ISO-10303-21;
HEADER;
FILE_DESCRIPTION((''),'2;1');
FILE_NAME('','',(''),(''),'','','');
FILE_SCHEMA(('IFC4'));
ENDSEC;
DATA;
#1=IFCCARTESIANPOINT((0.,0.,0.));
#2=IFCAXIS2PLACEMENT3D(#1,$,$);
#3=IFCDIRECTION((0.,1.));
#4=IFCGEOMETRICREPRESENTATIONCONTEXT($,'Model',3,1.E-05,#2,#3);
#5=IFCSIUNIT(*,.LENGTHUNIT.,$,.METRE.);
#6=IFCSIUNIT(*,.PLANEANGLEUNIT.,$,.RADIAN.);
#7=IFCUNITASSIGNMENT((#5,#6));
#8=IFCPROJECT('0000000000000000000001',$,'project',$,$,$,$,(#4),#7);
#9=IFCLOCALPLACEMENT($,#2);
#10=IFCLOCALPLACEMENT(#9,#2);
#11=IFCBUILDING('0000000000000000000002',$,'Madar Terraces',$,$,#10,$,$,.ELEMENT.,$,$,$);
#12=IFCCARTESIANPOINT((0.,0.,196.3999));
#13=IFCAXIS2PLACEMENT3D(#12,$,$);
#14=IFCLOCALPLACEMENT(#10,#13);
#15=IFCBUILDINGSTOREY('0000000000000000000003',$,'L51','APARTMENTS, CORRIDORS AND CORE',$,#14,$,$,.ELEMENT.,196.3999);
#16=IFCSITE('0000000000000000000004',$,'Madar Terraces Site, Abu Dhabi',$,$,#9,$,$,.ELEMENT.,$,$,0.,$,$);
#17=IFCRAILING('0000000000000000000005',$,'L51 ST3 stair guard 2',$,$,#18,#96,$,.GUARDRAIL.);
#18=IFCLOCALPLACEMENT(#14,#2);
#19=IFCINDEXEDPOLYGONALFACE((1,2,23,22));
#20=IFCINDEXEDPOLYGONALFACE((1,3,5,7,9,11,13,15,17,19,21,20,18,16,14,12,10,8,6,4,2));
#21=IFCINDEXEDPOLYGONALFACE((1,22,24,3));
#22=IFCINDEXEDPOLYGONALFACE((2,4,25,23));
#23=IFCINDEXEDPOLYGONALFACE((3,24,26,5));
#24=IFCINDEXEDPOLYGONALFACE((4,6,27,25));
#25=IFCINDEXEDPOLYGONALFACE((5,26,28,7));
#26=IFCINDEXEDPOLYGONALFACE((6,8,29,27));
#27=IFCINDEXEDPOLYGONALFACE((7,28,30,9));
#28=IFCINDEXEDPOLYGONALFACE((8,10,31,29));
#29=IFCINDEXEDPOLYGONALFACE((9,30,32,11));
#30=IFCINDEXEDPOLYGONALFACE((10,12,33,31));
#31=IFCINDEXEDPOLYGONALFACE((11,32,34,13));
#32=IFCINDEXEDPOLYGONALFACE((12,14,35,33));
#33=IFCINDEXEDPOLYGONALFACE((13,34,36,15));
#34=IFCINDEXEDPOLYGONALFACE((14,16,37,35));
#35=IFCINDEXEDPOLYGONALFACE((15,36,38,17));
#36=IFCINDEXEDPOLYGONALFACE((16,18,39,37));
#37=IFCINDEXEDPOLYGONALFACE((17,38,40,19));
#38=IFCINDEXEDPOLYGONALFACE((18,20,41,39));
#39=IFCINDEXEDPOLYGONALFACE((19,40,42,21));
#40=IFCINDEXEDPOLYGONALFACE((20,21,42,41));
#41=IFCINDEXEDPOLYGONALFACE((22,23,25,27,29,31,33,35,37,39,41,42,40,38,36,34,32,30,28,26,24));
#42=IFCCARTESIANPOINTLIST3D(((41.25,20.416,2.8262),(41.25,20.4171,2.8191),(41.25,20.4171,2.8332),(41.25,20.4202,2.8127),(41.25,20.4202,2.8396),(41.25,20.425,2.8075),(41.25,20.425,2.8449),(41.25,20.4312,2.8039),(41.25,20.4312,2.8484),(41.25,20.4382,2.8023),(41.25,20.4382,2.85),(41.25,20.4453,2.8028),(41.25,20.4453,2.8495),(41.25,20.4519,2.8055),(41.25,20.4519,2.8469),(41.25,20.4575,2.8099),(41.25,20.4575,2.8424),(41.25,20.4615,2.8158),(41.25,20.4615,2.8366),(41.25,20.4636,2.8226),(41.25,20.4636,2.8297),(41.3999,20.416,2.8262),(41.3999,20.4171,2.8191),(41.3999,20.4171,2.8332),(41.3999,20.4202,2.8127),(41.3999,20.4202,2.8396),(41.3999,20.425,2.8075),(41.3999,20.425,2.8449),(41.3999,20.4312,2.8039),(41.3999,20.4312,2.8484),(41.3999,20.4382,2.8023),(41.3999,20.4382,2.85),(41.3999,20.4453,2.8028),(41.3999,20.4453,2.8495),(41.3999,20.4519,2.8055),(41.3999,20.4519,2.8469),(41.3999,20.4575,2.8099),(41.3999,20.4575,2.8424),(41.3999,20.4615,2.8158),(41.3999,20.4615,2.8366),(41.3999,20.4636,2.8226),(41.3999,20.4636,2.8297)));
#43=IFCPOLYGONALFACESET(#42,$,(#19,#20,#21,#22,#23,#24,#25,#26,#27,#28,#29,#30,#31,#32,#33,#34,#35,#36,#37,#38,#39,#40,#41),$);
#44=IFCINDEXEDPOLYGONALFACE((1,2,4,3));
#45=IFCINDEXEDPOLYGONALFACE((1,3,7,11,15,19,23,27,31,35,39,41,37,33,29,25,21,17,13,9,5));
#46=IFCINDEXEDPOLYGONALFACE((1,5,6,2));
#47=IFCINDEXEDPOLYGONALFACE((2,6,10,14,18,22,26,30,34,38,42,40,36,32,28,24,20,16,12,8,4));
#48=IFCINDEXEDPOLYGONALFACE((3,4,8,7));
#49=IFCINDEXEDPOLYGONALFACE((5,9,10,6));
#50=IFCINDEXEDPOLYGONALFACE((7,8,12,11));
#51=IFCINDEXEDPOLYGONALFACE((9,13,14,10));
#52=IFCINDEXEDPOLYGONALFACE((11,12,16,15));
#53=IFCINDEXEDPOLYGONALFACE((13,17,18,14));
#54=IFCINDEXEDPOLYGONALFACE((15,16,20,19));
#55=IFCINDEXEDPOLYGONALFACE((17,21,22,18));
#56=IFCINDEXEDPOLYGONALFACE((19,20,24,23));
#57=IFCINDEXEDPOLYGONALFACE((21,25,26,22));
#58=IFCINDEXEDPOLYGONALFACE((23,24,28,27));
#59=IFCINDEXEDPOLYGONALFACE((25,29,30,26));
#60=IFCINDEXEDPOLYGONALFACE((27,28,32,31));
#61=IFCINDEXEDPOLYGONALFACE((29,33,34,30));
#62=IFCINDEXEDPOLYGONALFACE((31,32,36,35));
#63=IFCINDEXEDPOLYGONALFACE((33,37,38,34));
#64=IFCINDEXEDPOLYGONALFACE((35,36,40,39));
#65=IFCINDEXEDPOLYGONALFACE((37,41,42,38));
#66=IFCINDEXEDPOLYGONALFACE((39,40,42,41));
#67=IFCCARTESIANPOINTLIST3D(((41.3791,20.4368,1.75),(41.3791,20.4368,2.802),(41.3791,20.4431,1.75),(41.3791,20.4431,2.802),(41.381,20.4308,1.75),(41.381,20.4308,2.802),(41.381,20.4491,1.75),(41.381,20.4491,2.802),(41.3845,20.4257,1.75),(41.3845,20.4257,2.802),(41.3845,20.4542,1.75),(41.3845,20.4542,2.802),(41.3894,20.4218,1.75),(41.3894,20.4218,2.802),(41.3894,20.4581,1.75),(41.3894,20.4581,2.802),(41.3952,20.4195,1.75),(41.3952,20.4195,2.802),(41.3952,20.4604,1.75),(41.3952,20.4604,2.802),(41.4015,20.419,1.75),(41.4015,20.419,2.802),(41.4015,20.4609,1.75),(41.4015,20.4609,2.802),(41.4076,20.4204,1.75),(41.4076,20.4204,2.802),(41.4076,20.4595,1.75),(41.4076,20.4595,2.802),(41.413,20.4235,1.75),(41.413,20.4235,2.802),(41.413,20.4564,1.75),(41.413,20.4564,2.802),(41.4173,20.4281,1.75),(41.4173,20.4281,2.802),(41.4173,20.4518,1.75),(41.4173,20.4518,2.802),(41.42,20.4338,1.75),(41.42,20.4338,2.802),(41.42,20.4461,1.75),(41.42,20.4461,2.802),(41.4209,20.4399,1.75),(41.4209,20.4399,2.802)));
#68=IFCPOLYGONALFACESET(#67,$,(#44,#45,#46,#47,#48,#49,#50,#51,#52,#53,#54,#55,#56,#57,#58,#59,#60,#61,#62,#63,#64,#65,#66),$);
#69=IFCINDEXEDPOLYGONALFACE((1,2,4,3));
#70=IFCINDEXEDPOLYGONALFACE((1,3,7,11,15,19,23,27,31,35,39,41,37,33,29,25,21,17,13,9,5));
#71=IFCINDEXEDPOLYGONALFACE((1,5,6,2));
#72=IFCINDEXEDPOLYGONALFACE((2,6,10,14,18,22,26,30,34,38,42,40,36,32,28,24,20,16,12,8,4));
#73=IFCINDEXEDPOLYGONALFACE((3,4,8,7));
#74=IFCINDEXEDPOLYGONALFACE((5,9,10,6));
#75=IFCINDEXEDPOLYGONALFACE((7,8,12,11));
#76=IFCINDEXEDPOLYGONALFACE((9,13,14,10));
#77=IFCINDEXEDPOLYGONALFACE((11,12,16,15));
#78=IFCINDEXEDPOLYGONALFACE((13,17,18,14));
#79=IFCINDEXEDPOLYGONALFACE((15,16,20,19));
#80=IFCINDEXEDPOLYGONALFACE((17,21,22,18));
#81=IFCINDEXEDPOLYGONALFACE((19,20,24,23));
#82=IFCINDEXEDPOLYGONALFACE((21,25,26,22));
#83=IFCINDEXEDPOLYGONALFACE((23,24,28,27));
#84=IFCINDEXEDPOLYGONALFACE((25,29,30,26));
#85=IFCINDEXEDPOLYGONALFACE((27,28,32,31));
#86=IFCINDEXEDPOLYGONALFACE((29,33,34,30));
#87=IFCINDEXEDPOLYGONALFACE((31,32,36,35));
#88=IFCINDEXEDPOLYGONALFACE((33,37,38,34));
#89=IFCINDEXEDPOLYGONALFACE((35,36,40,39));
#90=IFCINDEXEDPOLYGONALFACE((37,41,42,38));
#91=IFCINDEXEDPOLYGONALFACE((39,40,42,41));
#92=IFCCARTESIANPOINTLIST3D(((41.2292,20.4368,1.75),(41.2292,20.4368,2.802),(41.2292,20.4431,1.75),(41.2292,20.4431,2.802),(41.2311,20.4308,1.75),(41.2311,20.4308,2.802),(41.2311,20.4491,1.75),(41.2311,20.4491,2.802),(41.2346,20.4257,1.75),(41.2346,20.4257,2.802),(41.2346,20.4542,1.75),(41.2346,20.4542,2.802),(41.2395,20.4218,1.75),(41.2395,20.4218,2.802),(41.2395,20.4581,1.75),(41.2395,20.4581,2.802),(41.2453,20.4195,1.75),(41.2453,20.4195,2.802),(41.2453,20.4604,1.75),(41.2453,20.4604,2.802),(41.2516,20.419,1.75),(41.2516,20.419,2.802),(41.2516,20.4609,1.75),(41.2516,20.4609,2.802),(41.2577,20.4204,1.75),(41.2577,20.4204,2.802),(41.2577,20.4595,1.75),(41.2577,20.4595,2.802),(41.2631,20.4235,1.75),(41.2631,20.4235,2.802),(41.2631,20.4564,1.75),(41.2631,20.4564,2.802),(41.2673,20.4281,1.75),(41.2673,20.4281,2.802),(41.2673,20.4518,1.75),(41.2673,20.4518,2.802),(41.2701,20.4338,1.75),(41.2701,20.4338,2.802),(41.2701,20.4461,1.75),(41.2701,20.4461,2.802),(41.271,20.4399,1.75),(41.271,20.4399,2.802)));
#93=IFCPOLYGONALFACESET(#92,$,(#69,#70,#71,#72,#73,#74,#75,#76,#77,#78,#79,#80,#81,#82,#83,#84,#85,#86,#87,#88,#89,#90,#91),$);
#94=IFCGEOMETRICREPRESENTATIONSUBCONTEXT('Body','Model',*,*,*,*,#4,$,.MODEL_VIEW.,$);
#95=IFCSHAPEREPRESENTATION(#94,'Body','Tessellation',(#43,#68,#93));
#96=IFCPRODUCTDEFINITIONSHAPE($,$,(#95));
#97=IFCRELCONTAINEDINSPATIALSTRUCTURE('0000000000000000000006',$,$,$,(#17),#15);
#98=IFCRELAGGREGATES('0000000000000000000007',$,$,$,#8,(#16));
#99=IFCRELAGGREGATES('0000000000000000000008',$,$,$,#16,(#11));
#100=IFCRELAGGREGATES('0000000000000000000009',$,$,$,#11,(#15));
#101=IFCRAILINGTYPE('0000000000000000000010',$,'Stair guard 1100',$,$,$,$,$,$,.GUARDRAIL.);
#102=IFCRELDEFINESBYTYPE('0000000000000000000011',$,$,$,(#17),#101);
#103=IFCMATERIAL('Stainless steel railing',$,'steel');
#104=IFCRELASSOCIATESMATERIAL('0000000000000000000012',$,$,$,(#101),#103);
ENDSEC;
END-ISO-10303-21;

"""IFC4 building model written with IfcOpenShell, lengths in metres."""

from ifc_helpers import new_model, si_unit, direction, frame, origin, origin_2d, place, context, subcontext, project, spatial, circle, extrude, material, type_object, element, save


model = new_model("IFC4")

# Units and contexts
model_context = context("Model", 3, precision=1e-05, world=origin(), true_north=direction((0.0, 1.0)))
body_context = subcontext(model_context, "Body", "Model", "MODEL_VIEW")
ifc_project = project(units=[si_unit("LENGTHUNIT", "METRE"), si_unit("PLANEANGLEUNIT", "RADIAN")], contexts=[model_context])

# Site, building, storey
site_placement = place(None, origin())
site = spatial("IfcSite", under=ifc_project, at=site_placement, Name="Madar Terraces Site, Abu Dhabi", CompositionType="ELEMENT", RefElevation=0.0)
building_placement = place(site_placement, origin())
building = spatial("IfcBuilding", under=site, at=building_placement, Name="Madar Terraces", CompositionType="ELEMENT")
storey_placement = place(building_placement, frame((0.0, 0.0, 196.3999)))
storey = spatial("IfcBuildingStorey", under=building, at=storey_placement, Name="L51", Description="APARTMENTS, CORRIDORS AND CORE", CompositionType="ELEMENT", Elevation=196.3999)

# Railing
ifc_material_1 = material(Name="Stainless steel railing", Category="steel")
railing_type_1 = type_object("IfcRailingType", Name="Stair guard 1100", PredefinedType="GUARDRAIL", material=ifc_material_1)
railing_1_placement = place(storey_placement, frame((41.3999, 20.4399, 1.75)))
element("IfcRailing", 1, at=railing_1_placement, inside=storey, type_object=railing_type_1, Name="L51 ST3 stair guard 2", PredefinedType="GUARDRAIL", context=body_context, shape_type="SweptSolid", body=[
    extrude(circle(Radius=0.0239, at=origin_2d()), frame((0.0, 0.0, 1.0762), z_axis=(-1.0, 0.0, 0.0), x_axis=(0.0, -1.0, 0.0)), (0.0, 0.0, 1.0), 0.1499),
    extrude(circle(Radius=0.021, at=origin_2d()), origin(), (0.0, 0.0, 1.0), 1.052),
    extrude(circle(Radius=0.021, at=origin_2d()), frame((-0.1499, 0.0, 0.0)), (0.0, 0.0, 1.0), 1.052),
])

save(model, "model.ifc")
